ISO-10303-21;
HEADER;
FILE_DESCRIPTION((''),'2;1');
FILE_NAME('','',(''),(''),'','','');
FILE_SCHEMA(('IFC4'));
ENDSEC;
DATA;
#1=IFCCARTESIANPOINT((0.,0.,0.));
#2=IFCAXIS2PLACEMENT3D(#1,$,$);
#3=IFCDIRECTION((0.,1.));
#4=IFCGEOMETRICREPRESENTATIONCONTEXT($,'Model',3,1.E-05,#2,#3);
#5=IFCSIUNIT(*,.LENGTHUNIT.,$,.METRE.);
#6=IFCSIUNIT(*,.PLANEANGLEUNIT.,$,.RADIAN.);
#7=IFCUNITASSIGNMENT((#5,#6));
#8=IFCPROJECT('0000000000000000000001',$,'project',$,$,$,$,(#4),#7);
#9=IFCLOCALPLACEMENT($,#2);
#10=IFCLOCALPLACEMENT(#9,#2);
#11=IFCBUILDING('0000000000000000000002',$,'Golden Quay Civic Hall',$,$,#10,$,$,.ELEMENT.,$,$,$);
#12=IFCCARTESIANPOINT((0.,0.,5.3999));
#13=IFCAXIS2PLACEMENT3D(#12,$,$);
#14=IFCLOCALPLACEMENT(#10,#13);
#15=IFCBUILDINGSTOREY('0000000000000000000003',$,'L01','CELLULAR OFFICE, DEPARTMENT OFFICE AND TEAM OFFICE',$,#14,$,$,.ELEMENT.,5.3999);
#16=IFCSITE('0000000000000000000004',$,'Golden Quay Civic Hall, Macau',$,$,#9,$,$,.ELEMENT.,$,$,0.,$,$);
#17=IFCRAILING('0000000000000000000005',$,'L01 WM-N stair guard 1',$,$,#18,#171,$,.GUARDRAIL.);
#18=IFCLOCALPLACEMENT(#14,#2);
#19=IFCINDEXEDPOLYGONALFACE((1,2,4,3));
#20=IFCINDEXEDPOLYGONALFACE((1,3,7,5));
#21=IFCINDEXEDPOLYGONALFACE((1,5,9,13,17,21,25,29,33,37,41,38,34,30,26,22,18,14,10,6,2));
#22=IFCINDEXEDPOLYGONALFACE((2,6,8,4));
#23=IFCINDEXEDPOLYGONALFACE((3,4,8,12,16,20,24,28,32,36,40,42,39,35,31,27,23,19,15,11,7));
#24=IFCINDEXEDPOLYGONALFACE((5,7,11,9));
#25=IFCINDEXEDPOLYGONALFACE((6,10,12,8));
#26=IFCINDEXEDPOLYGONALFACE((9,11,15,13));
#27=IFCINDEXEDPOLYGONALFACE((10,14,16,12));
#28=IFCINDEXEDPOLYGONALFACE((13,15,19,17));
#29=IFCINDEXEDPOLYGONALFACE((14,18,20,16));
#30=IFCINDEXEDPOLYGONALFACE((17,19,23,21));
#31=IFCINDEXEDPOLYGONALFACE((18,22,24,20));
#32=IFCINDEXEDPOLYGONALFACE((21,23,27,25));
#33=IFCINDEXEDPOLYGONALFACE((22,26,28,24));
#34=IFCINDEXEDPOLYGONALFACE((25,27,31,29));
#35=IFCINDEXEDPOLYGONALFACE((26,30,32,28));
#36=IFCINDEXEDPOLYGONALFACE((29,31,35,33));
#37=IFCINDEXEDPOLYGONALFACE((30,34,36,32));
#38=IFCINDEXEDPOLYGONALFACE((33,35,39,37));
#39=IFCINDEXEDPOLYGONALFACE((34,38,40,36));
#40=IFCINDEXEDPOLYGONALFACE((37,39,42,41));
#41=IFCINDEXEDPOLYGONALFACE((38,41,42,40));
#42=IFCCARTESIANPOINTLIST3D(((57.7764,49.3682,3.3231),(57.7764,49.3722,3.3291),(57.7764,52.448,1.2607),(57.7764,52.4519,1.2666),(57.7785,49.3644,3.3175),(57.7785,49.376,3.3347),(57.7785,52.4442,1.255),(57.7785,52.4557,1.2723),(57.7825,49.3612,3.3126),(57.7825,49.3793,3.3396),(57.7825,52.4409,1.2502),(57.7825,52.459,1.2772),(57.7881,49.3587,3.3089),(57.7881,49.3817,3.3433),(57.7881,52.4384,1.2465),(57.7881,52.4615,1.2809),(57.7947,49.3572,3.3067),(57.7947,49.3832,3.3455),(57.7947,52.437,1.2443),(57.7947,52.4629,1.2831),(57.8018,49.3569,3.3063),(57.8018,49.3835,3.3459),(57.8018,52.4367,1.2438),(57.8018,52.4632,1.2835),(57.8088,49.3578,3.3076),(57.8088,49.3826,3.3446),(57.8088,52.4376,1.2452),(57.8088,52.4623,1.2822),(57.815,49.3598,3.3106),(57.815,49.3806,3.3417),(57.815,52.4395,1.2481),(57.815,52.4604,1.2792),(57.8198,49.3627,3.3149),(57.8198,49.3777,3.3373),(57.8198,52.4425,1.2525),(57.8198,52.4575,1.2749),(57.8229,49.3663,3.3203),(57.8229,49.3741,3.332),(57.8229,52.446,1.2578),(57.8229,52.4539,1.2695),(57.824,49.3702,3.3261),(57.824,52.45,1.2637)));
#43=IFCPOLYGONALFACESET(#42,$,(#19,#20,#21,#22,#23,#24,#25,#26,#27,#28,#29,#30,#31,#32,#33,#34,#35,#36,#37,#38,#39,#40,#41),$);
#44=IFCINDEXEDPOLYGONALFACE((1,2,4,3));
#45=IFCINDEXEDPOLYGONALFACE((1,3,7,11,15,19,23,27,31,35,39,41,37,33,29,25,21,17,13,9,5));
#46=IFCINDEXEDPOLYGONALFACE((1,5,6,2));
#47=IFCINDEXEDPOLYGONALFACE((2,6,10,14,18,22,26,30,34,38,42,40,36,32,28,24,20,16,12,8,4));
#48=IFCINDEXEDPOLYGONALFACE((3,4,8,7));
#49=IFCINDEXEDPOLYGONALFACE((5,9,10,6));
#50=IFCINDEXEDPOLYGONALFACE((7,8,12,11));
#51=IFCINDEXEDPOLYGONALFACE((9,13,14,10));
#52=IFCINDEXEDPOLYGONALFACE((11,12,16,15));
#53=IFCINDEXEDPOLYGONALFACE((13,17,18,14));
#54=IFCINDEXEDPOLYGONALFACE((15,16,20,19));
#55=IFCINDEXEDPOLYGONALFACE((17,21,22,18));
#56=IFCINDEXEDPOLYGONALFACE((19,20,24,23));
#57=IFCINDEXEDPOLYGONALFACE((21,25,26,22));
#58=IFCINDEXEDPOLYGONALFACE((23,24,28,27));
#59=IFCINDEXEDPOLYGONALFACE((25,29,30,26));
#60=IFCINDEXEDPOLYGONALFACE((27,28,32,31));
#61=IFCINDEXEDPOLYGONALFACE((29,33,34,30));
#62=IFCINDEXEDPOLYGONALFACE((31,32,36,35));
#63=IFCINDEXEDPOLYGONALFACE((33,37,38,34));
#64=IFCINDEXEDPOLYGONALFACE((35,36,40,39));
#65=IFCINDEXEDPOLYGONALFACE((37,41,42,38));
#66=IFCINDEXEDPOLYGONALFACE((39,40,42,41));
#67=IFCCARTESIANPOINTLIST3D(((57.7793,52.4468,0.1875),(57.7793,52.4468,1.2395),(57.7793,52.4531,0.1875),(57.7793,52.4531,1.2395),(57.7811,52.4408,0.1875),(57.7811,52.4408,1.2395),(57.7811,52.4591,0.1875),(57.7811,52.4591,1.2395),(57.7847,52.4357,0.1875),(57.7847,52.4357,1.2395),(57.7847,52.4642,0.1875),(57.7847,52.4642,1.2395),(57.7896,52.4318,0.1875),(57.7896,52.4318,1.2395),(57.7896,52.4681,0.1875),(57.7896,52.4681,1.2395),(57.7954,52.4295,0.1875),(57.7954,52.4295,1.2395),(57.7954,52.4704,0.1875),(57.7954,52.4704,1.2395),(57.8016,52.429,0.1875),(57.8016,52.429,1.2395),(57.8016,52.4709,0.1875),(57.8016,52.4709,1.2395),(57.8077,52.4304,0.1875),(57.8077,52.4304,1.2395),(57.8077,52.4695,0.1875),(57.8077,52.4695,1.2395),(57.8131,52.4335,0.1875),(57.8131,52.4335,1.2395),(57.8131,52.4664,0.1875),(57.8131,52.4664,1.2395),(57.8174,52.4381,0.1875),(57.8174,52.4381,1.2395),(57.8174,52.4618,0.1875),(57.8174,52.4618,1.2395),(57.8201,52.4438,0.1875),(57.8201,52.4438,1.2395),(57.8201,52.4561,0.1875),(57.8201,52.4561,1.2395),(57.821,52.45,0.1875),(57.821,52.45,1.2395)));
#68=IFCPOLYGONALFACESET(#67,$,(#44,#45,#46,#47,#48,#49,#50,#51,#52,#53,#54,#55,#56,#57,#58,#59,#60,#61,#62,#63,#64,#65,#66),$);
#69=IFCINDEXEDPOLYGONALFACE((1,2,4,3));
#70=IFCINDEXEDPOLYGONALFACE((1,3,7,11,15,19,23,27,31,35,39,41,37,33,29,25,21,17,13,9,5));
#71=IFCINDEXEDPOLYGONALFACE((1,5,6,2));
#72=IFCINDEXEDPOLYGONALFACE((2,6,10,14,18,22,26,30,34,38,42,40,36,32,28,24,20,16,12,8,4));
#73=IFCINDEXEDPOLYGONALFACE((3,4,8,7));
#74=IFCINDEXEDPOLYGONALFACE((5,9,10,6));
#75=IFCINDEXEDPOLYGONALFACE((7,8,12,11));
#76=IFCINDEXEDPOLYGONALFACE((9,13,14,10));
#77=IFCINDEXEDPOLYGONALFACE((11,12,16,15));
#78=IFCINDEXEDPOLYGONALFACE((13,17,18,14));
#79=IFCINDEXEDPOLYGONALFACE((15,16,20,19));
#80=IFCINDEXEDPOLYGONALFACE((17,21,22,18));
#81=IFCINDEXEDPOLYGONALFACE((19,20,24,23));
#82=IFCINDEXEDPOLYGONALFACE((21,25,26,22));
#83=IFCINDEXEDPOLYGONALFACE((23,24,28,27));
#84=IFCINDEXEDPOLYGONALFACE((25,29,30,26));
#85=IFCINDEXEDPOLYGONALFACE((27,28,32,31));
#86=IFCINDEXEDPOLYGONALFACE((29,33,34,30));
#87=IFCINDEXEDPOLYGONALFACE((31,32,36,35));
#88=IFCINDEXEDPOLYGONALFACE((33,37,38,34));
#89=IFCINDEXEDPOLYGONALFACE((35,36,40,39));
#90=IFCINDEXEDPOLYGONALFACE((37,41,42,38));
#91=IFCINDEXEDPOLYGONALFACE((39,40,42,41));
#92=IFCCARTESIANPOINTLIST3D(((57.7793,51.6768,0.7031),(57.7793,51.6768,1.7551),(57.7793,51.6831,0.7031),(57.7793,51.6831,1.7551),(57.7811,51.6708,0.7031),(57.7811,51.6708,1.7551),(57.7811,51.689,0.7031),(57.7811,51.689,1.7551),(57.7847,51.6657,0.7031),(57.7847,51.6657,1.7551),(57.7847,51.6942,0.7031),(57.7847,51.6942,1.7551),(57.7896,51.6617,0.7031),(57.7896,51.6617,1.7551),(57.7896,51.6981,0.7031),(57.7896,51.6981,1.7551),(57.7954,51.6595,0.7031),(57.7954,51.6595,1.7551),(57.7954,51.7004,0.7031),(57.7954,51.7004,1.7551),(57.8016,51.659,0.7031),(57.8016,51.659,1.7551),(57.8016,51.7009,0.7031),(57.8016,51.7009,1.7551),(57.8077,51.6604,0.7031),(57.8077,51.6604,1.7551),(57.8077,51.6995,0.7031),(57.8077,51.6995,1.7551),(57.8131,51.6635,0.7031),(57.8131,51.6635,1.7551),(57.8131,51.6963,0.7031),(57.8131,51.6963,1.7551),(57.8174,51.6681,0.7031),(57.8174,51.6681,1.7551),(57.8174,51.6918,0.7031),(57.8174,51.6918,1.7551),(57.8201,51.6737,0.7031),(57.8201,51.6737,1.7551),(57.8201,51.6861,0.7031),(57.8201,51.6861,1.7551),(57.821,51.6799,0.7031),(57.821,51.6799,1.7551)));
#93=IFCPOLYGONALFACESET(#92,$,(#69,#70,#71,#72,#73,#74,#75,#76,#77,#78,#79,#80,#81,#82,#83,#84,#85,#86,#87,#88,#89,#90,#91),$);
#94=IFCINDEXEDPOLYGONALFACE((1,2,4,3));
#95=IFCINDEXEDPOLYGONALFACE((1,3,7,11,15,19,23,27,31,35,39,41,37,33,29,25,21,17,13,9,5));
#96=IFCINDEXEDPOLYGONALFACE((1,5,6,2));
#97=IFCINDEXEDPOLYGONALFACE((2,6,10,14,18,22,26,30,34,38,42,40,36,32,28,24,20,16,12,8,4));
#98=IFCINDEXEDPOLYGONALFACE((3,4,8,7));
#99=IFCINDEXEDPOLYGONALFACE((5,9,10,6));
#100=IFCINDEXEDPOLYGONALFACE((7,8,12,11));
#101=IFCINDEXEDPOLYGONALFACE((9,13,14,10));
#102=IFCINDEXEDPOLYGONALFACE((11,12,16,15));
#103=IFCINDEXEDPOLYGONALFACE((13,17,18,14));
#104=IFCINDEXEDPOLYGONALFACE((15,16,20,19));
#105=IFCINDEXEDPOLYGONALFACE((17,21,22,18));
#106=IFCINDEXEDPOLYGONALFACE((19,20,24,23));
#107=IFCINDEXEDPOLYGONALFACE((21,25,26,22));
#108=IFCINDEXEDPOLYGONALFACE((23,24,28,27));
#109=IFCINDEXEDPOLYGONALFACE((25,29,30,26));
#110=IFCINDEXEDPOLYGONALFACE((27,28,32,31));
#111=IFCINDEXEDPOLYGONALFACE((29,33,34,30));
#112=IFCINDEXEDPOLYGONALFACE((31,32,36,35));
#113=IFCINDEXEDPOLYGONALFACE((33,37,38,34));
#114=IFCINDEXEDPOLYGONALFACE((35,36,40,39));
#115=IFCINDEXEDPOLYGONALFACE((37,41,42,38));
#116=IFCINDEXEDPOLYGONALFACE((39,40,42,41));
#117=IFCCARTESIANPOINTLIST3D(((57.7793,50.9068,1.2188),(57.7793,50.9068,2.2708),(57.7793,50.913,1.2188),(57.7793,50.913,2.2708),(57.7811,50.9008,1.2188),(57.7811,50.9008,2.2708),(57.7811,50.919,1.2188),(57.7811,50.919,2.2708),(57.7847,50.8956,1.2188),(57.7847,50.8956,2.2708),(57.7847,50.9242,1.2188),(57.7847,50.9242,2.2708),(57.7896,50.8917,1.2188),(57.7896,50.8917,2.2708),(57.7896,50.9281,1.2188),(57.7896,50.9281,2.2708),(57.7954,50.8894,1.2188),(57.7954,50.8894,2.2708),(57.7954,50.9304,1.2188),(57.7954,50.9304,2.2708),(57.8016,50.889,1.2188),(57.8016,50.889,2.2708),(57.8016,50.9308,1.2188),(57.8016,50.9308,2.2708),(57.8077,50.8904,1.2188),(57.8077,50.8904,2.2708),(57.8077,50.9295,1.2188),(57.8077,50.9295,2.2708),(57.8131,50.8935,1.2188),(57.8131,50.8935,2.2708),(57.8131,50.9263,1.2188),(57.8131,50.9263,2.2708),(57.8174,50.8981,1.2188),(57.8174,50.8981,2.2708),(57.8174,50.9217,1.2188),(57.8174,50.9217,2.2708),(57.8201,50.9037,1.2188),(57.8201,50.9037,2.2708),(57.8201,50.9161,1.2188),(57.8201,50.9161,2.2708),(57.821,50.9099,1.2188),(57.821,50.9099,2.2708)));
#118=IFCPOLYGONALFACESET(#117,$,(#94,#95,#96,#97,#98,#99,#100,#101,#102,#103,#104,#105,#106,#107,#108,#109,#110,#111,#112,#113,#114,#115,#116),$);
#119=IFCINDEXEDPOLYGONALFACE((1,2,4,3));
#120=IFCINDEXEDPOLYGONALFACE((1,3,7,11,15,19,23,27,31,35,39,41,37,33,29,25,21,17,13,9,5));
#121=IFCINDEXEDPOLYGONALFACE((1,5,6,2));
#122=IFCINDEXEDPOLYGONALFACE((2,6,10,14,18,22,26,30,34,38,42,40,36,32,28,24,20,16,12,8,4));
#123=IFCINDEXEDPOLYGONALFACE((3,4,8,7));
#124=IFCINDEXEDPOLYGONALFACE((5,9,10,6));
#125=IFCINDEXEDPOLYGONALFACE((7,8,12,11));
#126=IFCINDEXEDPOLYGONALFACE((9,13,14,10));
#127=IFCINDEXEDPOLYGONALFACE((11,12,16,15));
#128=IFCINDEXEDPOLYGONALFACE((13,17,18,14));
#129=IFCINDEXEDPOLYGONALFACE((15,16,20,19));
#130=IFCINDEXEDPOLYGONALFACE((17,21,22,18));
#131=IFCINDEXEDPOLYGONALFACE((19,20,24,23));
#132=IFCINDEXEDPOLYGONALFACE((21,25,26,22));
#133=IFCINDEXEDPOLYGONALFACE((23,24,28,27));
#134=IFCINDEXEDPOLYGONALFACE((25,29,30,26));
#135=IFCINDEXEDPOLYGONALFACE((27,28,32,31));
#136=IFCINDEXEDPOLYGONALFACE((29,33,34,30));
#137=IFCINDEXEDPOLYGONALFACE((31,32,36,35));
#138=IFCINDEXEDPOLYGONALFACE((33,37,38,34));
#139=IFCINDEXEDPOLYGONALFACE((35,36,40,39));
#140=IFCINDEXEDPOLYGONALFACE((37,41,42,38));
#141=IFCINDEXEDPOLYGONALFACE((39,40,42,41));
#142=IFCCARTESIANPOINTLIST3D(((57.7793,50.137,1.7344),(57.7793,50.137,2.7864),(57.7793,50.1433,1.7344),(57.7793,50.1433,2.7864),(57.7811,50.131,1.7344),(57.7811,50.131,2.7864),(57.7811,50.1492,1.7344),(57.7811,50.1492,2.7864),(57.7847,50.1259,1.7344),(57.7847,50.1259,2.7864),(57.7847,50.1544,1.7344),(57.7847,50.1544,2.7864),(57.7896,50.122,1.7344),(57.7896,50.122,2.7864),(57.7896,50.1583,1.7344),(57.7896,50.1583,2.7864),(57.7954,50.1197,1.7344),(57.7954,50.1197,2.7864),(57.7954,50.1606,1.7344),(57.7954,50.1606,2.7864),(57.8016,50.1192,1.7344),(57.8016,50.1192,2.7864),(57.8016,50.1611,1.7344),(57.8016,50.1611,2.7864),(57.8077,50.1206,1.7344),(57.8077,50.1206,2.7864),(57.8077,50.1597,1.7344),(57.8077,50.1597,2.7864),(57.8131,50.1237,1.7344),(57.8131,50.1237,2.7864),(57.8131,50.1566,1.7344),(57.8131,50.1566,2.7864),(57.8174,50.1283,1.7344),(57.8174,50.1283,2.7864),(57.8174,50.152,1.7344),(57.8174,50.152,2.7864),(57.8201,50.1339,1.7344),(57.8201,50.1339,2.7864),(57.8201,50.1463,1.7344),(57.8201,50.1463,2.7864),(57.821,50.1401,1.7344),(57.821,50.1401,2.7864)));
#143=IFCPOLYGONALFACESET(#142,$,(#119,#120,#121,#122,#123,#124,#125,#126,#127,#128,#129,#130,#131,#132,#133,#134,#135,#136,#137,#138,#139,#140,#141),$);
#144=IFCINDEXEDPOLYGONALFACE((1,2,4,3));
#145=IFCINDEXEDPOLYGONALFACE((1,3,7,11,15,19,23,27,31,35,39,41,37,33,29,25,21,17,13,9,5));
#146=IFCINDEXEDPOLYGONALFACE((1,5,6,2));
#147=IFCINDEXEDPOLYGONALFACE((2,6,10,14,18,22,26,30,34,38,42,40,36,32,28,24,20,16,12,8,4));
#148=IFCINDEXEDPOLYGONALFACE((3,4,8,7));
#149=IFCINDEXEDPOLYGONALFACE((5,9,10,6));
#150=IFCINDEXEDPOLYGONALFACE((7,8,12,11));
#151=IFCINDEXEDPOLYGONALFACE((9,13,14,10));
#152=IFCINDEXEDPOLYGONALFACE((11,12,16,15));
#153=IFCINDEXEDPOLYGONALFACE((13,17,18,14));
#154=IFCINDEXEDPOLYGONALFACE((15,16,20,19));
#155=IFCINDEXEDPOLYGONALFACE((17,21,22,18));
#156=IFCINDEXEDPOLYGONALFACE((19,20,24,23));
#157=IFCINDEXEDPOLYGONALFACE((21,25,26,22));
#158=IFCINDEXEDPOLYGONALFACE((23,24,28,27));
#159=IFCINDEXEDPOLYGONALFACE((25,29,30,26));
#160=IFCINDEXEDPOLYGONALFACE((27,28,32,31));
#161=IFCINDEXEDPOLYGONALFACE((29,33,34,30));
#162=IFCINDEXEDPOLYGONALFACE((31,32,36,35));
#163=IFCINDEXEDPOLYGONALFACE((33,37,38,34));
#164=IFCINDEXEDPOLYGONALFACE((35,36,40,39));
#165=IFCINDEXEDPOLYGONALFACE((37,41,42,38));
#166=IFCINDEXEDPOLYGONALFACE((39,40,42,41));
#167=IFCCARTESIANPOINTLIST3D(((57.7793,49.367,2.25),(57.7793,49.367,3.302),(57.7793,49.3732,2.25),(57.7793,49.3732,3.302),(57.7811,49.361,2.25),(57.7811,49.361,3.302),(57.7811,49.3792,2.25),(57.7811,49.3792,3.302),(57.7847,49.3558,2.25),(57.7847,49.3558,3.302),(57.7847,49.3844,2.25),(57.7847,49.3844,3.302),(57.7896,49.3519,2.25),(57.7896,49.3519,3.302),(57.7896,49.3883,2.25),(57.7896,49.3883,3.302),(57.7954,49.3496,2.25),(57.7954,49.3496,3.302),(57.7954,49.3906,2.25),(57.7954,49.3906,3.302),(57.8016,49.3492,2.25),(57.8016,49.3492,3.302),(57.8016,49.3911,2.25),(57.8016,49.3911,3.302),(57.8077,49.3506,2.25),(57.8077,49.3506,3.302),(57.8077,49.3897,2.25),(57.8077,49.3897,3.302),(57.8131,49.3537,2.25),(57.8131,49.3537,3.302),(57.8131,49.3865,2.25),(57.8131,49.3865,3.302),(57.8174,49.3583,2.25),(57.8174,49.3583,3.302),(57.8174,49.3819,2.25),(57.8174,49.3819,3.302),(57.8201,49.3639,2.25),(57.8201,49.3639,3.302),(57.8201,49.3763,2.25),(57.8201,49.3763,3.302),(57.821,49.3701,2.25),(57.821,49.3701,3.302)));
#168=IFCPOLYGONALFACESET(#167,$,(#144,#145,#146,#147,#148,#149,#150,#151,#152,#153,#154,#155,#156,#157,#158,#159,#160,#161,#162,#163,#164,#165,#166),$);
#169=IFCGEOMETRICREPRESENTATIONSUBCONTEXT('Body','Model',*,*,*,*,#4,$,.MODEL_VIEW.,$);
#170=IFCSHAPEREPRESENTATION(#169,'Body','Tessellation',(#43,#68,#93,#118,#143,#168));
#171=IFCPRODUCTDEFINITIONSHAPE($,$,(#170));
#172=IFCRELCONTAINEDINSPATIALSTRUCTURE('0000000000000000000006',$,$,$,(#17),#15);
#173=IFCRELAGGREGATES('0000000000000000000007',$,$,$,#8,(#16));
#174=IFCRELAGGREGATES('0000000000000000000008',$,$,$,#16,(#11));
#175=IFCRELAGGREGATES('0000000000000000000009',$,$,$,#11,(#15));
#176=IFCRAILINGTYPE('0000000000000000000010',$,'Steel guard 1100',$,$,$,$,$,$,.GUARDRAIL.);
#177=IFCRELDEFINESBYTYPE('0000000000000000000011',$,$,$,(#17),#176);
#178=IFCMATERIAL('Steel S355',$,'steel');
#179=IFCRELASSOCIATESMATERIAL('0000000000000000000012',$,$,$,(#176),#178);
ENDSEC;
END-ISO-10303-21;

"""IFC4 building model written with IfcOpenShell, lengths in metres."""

from ifc_helpers import new_model, si_unit, direction, frame, origin, origin_2d, place, context, subcontext, project, spatial, circle, extrude, material, type_object, element, save


model = new_model("IFC4")

# Units and contexts
model_context = context("Model", 3, precision=1e-05, world=origin(), true_north=direction((0.0, 1.0)))
body_context = subcontext(model_context, "Body", "Model", "MODEL_VIEW")
ifc_project = project(units=[si_unit("LENGTHUNIT", "METRE"), si_unit("PLANEANGLEUNIT", "RADIAN")], contexts=[model_context])

# Site, building, storey
site_placement = place(None, origin())
site = spatial("IfcSite", under=ifc_project, at=site_placement, Name="Golden Quay Civic Hall, Macau", CompositionType="ELEMENT", RefElevation=0.0)
building_placement = place(site_placement, origin())
building = spatial("IfcBuilding", under=site, at=building_placement, Name="Golden Quay Civic Hall", CompositionType="ELEMENT")
storey_placement = place(building_placement, frame((0.0, 0.0, 5.3999)))
storey = spatial("IfcBuildingStorey", under=building, at=storey_placement, Name="L01", Description="CELLULAR OFFICE, DEPARTMENT OFFICE AND TEAM OFFICE", CompositionType="ELEMENT", Elevation=5.3999)

# Railing
ifc_material_1 = material(Name="Steel S355", Category="steel")
railing_type_1 = type_object("IfcRailingType", Name="Steel guard 1100", PredefinedType="GUARDRAIL", material=ifc_material_1)
railing_1_placement = place(storey_placement, frame((57.8, 52.45, 0.1875)))
element("IfcRailing", 1, at=railing_1_placement, inside=storey, type_object=railing_type_1, Name="L01 WM-N stair guard 1", PredefinedType="GUARDRAIL", context=body_context, shape_type="SweptSolid", body=[
    extrude(circle(Radius=0.0239, at=origin_2d()), frame((0.0, 0.0, 1.0762), z_axis=(0.0, -0.830893, 0.556432), x_axis=(1.0, 0.0, 0.0)), (0.0, 0.0, 1.0), 3.7065),
    extrude(circle(Radius=0.021, at=origin_2d()), origin(), (0.0, 0.0, 1.0), 1.052),
    extrude(circle(Radius=0.021, at=origin_2d()), frame((0.0, -0.77, 0.5156)), (0.0, 0.0, 1.0), 1.052),
    extrude(circle(Radius=0.021, at=origin_2d()), frame((0.0, -1.54, 1.0312)), (0.0, 0.0, 1.0), 1.052),
    extrude(circle(Radius=0.021, at=origin_2d()), frame((0.0, -2.3098, 1.5469)), (0.0, 0.0, 1.0), 1.052),
    extrude(circle(Radius=0.021, at=origin_2d()), frame((0.0, -3.0798, 2.0625)), (0.0, 0.0, 1.0), 1.052),
])

save(model, "model.ifc")
